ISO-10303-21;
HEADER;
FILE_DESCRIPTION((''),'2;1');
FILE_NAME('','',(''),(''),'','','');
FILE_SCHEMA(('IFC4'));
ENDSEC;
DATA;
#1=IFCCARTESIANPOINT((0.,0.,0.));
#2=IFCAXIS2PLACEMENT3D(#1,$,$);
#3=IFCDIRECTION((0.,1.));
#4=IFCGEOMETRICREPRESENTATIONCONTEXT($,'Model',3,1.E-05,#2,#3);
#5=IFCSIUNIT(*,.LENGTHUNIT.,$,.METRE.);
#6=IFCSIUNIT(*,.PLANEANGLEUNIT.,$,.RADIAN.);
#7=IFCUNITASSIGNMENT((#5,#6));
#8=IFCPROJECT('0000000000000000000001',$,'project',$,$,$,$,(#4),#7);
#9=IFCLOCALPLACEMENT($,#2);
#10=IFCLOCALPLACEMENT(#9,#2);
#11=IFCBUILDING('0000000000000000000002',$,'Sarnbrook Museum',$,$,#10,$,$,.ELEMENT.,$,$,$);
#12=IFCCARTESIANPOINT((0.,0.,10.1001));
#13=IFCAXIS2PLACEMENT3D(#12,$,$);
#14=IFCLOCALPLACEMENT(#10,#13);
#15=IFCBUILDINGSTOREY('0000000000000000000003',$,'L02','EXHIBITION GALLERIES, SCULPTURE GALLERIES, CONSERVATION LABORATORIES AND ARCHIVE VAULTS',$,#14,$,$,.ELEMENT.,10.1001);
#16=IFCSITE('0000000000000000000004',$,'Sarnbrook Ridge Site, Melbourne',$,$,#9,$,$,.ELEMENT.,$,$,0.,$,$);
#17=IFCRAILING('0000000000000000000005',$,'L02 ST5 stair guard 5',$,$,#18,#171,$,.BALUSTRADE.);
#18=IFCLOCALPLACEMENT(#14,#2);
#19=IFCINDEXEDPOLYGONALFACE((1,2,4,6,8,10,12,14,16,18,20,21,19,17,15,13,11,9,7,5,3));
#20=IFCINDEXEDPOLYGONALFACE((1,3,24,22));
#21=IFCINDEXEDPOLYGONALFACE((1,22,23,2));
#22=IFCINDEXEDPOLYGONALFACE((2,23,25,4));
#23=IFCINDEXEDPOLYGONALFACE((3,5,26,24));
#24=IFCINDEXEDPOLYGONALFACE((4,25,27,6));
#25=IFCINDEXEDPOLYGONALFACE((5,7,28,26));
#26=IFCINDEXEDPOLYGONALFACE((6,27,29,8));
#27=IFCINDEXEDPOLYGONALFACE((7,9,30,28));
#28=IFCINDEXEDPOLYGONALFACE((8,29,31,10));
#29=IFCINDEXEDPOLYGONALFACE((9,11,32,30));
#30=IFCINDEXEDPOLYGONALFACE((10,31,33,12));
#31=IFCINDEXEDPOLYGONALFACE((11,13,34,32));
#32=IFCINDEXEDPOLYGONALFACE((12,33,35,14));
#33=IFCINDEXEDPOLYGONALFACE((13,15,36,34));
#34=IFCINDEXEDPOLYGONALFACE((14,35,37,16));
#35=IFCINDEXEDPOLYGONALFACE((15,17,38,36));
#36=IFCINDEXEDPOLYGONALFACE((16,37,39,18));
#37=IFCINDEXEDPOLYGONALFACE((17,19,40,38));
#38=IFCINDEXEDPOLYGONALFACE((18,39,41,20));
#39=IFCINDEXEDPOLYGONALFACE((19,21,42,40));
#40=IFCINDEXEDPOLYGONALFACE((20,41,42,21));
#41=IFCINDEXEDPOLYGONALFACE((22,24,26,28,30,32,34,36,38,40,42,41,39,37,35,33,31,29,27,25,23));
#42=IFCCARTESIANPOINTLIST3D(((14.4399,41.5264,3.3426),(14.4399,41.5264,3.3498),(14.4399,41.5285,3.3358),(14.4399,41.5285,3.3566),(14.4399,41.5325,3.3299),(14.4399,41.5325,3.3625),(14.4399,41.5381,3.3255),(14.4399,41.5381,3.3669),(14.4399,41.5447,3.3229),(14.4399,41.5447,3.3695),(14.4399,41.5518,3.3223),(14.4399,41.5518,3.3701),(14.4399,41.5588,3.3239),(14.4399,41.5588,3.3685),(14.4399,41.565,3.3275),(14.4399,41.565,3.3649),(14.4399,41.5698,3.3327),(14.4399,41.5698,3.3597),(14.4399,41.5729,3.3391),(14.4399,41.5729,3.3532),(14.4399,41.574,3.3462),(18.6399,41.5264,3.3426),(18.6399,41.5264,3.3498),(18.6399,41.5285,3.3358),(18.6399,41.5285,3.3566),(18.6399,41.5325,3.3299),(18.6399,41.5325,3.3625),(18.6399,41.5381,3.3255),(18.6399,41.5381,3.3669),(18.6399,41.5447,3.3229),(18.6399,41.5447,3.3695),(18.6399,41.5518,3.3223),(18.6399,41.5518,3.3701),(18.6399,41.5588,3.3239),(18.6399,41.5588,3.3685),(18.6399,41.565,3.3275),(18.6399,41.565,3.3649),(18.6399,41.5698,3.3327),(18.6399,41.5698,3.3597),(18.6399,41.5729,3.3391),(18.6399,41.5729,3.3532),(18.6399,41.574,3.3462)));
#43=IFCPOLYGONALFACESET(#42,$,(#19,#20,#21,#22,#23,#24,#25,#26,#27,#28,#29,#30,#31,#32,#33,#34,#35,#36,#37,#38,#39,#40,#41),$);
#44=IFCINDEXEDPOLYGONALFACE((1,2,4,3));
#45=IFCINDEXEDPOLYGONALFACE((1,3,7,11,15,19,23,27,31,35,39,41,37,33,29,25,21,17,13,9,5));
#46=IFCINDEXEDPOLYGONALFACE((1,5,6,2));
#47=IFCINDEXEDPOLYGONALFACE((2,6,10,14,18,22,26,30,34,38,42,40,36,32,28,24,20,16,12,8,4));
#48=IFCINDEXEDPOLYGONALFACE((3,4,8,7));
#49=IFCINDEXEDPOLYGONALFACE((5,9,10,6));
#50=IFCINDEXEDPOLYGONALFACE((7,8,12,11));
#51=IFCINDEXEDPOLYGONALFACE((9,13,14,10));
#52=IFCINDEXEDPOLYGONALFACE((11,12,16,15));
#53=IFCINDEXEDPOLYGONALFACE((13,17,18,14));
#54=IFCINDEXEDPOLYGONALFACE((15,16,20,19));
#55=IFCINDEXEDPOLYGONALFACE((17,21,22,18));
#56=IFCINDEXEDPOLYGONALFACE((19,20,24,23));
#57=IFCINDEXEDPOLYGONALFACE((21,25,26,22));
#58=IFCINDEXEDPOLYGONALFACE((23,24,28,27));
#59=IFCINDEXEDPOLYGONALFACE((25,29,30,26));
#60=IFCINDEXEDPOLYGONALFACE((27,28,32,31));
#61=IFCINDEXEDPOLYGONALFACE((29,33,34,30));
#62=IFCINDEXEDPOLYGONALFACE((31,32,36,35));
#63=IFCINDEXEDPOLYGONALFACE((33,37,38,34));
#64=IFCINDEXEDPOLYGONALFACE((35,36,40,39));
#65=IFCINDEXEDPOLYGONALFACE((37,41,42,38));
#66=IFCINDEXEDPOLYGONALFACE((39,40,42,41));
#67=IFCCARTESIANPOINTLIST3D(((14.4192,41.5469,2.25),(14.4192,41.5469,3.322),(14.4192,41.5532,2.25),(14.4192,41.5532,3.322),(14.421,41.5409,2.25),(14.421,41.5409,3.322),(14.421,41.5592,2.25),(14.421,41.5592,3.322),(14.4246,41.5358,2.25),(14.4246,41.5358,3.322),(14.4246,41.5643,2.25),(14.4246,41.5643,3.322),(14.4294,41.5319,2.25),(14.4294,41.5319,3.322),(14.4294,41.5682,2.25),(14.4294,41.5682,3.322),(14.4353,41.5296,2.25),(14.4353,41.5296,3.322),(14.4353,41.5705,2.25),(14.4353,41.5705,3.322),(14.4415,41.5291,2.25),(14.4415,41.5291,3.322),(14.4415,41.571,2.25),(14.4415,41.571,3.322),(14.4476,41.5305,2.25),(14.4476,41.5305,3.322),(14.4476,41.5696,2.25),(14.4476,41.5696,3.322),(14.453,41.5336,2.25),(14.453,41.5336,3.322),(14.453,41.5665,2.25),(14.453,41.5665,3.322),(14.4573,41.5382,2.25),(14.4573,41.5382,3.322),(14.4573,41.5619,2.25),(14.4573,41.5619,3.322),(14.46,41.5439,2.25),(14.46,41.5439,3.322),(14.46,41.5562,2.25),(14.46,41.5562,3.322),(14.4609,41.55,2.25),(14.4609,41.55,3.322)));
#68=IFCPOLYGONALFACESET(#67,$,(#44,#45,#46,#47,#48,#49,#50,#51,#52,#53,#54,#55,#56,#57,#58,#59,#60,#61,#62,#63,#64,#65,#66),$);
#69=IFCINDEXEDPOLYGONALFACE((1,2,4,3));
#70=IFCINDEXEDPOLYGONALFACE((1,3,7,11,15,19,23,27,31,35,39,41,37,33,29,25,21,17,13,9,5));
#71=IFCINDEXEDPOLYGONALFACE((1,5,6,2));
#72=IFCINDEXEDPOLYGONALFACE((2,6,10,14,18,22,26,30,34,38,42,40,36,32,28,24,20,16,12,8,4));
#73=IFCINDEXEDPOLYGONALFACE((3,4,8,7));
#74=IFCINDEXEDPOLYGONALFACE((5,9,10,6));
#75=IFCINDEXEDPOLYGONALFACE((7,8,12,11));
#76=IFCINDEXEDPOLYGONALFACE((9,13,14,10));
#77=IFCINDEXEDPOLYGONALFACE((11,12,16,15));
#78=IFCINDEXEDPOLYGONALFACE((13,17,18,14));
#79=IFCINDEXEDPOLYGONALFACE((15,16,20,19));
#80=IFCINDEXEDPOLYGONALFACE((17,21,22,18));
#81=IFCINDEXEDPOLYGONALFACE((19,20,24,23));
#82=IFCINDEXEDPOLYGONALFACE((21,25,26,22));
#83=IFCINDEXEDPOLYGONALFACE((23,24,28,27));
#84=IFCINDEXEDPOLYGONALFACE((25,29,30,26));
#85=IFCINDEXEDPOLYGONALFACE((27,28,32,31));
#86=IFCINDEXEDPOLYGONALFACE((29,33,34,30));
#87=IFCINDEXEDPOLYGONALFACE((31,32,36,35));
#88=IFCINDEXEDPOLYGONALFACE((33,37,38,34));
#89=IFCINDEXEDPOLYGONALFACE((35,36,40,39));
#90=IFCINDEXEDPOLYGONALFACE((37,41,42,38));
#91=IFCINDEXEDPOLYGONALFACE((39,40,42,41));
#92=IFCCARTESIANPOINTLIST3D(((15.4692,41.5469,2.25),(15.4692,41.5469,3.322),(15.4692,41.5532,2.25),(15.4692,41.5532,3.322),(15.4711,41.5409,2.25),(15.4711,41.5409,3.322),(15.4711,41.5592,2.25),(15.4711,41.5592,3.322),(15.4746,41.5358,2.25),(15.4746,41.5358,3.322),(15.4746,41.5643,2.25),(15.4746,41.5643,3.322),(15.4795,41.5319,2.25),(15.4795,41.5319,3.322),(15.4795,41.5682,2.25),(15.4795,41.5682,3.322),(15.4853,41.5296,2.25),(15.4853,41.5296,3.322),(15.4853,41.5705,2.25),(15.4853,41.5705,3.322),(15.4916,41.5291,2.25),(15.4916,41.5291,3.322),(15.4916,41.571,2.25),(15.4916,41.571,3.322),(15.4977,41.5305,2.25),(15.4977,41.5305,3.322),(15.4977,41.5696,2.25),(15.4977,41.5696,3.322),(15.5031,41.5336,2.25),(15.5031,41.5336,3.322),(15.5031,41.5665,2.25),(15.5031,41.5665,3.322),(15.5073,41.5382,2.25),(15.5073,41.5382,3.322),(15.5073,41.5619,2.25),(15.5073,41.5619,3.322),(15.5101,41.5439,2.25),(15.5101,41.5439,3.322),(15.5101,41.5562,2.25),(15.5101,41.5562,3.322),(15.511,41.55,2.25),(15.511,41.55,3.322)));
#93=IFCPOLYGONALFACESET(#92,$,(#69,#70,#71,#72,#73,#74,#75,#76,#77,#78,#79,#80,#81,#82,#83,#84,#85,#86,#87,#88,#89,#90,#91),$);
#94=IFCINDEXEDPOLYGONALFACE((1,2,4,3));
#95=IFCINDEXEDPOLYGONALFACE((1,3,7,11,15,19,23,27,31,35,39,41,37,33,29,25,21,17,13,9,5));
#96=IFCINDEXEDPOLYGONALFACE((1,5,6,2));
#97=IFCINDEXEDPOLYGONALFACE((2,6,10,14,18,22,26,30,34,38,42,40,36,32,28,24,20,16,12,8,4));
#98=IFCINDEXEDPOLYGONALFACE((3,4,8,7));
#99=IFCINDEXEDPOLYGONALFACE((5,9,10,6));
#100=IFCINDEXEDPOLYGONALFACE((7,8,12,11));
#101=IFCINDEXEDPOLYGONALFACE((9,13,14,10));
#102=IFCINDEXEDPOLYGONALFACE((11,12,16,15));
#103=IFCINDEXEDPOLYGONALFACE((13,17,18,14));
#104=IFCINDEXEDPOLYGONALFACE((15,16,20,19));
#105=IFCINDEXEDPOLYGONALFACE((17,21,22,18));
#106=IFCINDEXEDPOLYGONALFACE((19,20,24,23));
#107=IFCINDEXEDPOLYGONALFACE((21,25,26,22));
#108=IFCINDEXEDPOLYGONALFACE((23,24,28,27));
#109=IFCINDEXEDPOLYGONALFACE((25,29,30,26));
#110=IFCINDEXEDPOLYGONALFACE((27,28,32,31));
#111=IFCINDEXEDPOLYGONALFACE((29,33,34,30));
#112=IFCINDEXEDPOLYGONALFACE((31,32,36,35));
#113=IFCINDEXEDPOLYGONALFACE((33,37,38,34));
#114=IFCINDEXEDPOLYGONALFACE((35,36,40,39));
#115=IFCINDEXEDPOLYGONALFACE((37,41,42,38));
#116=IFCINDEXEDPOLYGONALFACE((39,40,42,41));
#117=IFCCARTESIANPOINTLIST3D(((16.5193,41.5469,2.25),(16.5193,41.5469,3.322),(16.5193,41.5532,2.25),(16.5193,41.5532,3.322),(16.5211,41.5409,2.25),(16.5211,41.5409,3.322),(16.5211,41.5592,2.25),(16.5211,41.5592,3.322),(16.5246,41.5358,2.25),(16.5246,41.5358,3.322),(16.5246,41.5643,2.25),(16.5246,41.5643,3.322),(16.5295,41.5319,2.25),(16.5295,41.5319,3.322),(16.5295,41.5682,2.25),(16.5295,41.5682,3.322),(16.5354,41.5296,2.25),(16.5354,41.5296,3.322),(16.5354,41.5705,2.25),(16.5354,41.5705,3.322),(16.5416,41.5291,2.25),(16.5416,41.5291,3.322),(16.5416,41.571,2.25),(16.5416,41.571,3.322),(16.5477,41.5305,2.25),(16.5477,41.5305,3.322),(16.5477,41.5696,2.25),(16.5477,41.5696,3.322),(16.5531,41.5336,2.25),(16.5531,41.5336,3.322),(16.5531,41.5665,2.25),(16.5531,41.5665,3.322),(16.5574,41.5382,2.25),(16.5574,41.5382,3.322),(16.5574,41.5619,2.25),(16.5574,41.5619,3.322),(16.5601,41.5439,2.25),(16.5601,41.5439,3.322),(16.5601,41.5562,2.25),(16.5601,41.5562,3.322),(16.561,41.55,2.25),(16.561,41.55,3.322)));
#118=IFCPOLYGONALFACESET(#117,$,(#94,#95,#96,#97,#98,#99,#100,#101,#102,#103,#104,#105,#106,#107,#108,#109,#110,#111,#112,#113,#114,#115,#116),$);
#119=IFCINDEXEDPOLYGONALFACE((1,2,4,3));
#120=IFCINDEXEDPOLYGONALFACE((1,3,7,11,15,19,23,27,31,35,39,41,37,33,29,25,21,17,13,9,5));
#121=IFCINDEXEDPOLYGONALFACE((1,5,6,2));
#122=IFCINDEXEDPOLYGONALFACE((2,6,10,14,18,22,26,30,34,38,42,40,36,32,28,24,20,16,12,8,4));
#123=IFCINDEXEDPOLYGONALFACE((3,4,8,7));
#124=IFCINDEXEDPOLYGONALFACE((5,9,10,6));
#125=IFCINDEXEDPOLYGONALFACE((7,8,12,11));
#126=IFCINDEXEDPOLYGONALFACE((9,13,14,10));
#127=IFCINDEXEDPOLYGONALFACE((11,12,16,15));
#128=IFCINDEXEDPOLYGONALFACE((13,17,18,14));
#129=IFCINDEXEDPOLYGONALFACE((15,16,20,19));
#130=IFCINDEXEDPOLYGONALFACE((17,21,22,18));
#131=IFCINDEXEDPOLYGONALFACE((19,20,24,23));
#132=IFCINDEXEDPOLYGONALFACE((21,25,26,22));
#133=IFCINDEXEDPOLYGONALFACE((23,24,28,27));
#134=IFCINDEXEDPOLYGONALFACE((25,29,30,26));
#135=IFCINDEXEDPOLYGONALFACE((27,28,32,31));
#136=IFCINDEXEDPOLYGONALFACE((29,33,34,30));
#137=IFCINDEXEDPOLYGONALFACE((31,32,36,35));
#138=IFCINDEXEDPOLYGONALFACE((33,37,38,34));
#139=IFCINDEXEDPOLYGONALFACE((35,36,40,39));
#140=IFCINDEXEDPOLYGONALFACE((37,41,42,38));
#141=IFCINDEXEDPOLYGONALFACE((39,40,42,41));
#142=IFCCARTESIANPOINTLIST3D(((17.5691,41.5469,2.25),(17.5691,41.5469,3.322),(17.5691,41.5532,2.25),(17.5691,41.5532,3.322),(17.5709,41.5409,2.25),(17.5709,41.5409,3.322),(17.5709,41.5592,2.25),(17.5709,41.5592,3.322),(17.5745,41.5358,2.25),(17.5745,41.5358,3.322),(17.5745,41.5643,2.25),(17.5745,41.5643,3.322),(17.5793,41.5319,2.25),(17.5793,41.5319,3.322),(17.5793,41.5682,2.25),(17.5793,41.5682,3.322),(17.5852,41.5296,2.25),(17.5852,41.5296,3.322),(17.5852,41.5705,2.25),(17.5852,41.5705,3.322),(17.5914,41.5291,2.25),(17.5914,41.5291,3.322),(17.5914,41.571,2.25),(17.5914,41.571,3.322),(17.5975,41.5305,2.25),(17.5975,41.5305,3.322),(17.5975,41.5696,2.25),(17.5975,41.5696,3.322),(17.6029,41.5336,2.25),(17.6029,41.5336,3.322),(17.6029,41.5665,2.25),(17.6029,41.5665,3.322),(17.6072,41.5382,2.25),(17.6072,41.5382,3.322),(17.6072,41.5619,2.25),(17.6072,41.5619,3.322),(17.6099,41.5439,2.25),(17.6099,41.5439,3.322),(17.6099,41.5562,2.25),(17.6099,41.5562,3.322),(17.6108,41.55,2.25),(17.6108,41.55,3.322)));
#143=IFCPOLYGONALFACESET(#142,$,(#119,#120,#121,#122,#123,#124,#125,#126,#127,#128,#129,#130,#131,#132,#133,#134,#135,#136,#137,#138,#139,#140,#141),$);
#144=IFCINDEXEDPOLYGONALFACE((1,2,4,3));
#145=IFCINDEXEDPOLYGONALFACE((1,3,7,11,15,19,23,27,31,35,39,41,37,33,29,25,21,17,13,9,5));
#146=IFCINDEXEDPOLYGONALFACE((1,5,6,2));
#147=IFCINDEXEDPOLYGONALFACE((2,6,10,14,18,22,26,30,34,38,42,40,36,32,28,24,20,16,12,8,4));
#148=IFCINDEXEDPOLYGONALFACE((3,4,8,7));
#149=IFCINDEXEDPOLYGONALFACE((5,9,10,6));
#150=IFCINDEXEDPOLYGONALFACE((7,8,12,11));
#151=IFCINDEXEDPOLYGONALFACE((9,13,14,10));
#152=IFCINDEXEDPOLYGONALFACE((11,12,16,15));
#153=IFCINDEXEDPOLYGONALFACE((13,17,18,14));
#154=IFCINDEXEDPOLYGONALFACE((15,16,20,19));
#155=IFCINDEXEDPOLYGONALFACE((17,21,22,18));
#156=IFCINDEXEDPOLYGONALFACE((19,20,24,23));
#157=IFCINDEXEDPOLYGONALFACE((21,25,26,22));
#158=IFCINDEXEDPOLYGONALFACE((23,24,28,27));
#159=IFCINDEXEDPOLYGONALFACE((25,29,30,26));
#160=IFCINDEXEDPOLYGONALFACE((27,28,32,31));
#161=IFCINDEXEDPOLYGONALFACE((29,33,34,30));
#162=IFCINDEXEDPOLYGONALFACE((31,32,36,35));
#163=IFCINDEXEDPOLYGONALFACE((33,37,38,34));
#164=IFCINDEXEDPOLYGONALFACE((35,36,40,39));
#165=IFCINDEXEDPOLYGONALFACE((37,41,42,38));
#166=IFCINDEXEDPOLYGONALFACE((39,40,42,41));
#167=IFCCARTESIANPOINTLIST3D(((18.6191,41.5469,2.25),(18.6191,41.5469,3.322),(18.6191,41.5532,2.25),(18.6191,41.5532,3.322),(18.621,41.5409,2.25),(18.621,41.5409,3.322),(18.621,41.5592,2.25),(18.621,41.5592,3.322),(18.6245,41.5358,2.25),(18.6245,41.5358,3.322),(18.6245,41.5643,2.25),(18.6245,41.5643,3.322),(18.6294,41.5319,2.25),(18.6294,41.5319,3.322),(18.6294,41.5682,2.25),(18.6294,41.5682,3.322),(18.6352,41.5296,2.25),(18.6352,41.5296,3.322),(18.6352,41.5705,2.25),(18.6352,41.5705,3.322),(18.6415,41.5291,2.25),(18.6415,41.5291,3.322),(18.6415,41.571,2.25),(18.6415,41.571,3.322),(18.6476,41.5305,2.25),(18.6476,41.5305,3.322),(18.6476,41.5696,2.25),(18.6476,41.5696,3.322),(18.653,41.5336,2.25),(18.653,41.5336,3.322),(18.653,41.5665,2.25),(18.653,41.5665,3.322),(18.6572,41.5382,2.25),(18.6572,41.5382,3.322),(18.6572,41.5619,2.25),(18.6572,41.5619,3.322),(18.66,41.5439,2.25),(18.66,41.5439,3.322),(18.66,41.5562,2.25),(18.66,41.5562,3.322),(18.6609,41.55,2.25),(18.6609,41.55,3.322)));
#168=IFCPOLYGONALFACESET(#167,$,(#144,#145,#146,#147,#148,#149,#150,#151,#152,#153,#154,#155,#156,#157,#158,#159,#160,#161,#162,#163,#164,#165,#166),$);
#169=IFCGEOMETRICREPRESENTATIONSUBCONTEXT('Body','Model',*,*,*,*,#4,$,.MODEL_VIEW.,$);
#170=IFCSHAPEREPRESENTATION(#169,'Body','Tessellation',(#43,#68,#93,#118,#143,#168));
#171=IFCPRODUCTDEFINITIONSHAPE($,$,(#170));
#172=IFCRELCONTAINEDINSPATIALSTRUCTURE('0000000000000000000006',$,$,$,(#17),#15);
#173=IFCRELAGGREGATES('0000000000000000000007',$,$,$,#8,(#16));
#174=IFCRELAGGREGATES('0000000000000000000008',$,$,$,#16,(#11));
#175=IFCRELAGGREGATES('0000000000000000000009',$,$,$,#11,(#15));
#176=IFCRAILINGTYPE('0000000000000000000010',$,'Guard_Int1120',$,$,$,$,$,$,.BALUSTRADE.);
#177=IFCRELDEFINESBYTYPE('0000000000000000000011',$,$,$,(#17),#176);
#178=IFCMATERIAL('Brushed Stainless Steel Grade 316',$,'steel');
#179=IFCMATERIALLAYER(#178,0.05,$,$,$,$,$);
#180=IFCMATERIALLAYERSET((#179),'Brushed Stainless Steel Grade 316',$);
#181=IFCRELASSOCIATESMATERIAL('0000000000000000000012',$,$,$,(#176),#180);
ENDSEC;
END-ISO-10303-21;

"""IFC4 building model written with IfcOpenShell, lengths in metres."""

from ifc_helpers import new_model, si_unit, direction, frame, origin, origin_2d, place, context, subcontext, project, spatial, circle, extrude, material, layer, layer_set, type_object, element, save


model = new_model("IFC4")

# Units and contexts
model_context = context("Model", 3, precision=1e-05, world=origin(), true_north=direction((0.0, 1.0)))
body_context = subcontext(model_context, "Body", "Model", "MODEL_VIEW")
ifc_project = project(units=[si_unit("LENGTHUNIT", "METRE"), si_unit("PLANEANGLEUNIT", "RADIAN")], contexts=[model_context])

# Site, building, storey
site_placement = place(None, origin())
site = spatial("IfcSite", under=ifc_project, at=site_placement, Name="Sarnbrook Ridge Site, Melbourne", CompositionType="ELEMENT", RefElevation=0.0)
building_placement = place(site_placement, origin())
building = spatial("IfcBuilding", under=site, at=building_placement, Name="Sarnbrook Museum", CompositionType="ELEMENT")
storey_placement = place(building_placement, frame((0.0, 0.0, 10.1001)))
storey = spatial("IfcBuildingStorey", under=building, at=storey_placement, Name="L02", Description="EXHIBITION GALLERIES, SCULPTURE GALLERIES, CONSERVATION LABORATORIES AND ARCHIVE VAULTS", CompositionType="ELEMENT", Elevation=10.1001)

# Railing
ifc_material_1 = material(Name="Brushed Stainless Steel Grade 316", Category="steel")
ifc_layer_1 = layer(ifc_material_1, 0.05)
ifc_layer_set_1 = layer_set([ifc_layer_1], Name="Brushed Stainless Steel Grade 316")
railing_type_1 = type_object("IfcRailingType", Name="Guard_Int1120", PredefinedType="BALUSTRADE", material=ifc_layer_set_1)
railing_1_placement = place(storey_placement, frame((14.4399, 41.55, 2.25)))
element("IfcRailing", 1, at=railing_1_placement, inside=storey, type_object=railing_type_1, Name="L02 ST5 stair guard 5", PredefinedType="BALUSTRADE", context=body_context, shape_type="SweptSolid", body=[
    extrude(circle(Radius=0.0239, at=origin_2d()), frame((0.0, 0.0, 1.0962), z_axis=(1.0, 0.0, 0.0), x_axis=(0.0, 1.0, 0.0)), (0.0, 0.0, 1.0), 4.2),
    extrude(circle(Radius=0.021, at=origin_2d()), origin(), (0.0, 0.0, 1.0), 1.072),
    extrude(circle(Radius=0.021, at=origin_2d()), frame((1.05, 0.0, 0.0)), (0.0, 0.0, 1.0), 1.072),
    extrude(circle(Radius=0.021, at=origin_2d()), frame((2.1001, 0.0, 0.0)), (0.0, 0.0, 1.0), 1.072),
    extrude(circle(Radius=0.021, at=origin_2d()), frame((3.1499, 0.0, 0.0)), (0.0, 0.0, 1.0), 1.072),
    extrude(circle(Radius=0.021, at=origin_2d()), frame((4.2, 0.0, 0.0)), (0.0, 0.0, 1.0), 1.072),
])

save(model, "model.ifc")
